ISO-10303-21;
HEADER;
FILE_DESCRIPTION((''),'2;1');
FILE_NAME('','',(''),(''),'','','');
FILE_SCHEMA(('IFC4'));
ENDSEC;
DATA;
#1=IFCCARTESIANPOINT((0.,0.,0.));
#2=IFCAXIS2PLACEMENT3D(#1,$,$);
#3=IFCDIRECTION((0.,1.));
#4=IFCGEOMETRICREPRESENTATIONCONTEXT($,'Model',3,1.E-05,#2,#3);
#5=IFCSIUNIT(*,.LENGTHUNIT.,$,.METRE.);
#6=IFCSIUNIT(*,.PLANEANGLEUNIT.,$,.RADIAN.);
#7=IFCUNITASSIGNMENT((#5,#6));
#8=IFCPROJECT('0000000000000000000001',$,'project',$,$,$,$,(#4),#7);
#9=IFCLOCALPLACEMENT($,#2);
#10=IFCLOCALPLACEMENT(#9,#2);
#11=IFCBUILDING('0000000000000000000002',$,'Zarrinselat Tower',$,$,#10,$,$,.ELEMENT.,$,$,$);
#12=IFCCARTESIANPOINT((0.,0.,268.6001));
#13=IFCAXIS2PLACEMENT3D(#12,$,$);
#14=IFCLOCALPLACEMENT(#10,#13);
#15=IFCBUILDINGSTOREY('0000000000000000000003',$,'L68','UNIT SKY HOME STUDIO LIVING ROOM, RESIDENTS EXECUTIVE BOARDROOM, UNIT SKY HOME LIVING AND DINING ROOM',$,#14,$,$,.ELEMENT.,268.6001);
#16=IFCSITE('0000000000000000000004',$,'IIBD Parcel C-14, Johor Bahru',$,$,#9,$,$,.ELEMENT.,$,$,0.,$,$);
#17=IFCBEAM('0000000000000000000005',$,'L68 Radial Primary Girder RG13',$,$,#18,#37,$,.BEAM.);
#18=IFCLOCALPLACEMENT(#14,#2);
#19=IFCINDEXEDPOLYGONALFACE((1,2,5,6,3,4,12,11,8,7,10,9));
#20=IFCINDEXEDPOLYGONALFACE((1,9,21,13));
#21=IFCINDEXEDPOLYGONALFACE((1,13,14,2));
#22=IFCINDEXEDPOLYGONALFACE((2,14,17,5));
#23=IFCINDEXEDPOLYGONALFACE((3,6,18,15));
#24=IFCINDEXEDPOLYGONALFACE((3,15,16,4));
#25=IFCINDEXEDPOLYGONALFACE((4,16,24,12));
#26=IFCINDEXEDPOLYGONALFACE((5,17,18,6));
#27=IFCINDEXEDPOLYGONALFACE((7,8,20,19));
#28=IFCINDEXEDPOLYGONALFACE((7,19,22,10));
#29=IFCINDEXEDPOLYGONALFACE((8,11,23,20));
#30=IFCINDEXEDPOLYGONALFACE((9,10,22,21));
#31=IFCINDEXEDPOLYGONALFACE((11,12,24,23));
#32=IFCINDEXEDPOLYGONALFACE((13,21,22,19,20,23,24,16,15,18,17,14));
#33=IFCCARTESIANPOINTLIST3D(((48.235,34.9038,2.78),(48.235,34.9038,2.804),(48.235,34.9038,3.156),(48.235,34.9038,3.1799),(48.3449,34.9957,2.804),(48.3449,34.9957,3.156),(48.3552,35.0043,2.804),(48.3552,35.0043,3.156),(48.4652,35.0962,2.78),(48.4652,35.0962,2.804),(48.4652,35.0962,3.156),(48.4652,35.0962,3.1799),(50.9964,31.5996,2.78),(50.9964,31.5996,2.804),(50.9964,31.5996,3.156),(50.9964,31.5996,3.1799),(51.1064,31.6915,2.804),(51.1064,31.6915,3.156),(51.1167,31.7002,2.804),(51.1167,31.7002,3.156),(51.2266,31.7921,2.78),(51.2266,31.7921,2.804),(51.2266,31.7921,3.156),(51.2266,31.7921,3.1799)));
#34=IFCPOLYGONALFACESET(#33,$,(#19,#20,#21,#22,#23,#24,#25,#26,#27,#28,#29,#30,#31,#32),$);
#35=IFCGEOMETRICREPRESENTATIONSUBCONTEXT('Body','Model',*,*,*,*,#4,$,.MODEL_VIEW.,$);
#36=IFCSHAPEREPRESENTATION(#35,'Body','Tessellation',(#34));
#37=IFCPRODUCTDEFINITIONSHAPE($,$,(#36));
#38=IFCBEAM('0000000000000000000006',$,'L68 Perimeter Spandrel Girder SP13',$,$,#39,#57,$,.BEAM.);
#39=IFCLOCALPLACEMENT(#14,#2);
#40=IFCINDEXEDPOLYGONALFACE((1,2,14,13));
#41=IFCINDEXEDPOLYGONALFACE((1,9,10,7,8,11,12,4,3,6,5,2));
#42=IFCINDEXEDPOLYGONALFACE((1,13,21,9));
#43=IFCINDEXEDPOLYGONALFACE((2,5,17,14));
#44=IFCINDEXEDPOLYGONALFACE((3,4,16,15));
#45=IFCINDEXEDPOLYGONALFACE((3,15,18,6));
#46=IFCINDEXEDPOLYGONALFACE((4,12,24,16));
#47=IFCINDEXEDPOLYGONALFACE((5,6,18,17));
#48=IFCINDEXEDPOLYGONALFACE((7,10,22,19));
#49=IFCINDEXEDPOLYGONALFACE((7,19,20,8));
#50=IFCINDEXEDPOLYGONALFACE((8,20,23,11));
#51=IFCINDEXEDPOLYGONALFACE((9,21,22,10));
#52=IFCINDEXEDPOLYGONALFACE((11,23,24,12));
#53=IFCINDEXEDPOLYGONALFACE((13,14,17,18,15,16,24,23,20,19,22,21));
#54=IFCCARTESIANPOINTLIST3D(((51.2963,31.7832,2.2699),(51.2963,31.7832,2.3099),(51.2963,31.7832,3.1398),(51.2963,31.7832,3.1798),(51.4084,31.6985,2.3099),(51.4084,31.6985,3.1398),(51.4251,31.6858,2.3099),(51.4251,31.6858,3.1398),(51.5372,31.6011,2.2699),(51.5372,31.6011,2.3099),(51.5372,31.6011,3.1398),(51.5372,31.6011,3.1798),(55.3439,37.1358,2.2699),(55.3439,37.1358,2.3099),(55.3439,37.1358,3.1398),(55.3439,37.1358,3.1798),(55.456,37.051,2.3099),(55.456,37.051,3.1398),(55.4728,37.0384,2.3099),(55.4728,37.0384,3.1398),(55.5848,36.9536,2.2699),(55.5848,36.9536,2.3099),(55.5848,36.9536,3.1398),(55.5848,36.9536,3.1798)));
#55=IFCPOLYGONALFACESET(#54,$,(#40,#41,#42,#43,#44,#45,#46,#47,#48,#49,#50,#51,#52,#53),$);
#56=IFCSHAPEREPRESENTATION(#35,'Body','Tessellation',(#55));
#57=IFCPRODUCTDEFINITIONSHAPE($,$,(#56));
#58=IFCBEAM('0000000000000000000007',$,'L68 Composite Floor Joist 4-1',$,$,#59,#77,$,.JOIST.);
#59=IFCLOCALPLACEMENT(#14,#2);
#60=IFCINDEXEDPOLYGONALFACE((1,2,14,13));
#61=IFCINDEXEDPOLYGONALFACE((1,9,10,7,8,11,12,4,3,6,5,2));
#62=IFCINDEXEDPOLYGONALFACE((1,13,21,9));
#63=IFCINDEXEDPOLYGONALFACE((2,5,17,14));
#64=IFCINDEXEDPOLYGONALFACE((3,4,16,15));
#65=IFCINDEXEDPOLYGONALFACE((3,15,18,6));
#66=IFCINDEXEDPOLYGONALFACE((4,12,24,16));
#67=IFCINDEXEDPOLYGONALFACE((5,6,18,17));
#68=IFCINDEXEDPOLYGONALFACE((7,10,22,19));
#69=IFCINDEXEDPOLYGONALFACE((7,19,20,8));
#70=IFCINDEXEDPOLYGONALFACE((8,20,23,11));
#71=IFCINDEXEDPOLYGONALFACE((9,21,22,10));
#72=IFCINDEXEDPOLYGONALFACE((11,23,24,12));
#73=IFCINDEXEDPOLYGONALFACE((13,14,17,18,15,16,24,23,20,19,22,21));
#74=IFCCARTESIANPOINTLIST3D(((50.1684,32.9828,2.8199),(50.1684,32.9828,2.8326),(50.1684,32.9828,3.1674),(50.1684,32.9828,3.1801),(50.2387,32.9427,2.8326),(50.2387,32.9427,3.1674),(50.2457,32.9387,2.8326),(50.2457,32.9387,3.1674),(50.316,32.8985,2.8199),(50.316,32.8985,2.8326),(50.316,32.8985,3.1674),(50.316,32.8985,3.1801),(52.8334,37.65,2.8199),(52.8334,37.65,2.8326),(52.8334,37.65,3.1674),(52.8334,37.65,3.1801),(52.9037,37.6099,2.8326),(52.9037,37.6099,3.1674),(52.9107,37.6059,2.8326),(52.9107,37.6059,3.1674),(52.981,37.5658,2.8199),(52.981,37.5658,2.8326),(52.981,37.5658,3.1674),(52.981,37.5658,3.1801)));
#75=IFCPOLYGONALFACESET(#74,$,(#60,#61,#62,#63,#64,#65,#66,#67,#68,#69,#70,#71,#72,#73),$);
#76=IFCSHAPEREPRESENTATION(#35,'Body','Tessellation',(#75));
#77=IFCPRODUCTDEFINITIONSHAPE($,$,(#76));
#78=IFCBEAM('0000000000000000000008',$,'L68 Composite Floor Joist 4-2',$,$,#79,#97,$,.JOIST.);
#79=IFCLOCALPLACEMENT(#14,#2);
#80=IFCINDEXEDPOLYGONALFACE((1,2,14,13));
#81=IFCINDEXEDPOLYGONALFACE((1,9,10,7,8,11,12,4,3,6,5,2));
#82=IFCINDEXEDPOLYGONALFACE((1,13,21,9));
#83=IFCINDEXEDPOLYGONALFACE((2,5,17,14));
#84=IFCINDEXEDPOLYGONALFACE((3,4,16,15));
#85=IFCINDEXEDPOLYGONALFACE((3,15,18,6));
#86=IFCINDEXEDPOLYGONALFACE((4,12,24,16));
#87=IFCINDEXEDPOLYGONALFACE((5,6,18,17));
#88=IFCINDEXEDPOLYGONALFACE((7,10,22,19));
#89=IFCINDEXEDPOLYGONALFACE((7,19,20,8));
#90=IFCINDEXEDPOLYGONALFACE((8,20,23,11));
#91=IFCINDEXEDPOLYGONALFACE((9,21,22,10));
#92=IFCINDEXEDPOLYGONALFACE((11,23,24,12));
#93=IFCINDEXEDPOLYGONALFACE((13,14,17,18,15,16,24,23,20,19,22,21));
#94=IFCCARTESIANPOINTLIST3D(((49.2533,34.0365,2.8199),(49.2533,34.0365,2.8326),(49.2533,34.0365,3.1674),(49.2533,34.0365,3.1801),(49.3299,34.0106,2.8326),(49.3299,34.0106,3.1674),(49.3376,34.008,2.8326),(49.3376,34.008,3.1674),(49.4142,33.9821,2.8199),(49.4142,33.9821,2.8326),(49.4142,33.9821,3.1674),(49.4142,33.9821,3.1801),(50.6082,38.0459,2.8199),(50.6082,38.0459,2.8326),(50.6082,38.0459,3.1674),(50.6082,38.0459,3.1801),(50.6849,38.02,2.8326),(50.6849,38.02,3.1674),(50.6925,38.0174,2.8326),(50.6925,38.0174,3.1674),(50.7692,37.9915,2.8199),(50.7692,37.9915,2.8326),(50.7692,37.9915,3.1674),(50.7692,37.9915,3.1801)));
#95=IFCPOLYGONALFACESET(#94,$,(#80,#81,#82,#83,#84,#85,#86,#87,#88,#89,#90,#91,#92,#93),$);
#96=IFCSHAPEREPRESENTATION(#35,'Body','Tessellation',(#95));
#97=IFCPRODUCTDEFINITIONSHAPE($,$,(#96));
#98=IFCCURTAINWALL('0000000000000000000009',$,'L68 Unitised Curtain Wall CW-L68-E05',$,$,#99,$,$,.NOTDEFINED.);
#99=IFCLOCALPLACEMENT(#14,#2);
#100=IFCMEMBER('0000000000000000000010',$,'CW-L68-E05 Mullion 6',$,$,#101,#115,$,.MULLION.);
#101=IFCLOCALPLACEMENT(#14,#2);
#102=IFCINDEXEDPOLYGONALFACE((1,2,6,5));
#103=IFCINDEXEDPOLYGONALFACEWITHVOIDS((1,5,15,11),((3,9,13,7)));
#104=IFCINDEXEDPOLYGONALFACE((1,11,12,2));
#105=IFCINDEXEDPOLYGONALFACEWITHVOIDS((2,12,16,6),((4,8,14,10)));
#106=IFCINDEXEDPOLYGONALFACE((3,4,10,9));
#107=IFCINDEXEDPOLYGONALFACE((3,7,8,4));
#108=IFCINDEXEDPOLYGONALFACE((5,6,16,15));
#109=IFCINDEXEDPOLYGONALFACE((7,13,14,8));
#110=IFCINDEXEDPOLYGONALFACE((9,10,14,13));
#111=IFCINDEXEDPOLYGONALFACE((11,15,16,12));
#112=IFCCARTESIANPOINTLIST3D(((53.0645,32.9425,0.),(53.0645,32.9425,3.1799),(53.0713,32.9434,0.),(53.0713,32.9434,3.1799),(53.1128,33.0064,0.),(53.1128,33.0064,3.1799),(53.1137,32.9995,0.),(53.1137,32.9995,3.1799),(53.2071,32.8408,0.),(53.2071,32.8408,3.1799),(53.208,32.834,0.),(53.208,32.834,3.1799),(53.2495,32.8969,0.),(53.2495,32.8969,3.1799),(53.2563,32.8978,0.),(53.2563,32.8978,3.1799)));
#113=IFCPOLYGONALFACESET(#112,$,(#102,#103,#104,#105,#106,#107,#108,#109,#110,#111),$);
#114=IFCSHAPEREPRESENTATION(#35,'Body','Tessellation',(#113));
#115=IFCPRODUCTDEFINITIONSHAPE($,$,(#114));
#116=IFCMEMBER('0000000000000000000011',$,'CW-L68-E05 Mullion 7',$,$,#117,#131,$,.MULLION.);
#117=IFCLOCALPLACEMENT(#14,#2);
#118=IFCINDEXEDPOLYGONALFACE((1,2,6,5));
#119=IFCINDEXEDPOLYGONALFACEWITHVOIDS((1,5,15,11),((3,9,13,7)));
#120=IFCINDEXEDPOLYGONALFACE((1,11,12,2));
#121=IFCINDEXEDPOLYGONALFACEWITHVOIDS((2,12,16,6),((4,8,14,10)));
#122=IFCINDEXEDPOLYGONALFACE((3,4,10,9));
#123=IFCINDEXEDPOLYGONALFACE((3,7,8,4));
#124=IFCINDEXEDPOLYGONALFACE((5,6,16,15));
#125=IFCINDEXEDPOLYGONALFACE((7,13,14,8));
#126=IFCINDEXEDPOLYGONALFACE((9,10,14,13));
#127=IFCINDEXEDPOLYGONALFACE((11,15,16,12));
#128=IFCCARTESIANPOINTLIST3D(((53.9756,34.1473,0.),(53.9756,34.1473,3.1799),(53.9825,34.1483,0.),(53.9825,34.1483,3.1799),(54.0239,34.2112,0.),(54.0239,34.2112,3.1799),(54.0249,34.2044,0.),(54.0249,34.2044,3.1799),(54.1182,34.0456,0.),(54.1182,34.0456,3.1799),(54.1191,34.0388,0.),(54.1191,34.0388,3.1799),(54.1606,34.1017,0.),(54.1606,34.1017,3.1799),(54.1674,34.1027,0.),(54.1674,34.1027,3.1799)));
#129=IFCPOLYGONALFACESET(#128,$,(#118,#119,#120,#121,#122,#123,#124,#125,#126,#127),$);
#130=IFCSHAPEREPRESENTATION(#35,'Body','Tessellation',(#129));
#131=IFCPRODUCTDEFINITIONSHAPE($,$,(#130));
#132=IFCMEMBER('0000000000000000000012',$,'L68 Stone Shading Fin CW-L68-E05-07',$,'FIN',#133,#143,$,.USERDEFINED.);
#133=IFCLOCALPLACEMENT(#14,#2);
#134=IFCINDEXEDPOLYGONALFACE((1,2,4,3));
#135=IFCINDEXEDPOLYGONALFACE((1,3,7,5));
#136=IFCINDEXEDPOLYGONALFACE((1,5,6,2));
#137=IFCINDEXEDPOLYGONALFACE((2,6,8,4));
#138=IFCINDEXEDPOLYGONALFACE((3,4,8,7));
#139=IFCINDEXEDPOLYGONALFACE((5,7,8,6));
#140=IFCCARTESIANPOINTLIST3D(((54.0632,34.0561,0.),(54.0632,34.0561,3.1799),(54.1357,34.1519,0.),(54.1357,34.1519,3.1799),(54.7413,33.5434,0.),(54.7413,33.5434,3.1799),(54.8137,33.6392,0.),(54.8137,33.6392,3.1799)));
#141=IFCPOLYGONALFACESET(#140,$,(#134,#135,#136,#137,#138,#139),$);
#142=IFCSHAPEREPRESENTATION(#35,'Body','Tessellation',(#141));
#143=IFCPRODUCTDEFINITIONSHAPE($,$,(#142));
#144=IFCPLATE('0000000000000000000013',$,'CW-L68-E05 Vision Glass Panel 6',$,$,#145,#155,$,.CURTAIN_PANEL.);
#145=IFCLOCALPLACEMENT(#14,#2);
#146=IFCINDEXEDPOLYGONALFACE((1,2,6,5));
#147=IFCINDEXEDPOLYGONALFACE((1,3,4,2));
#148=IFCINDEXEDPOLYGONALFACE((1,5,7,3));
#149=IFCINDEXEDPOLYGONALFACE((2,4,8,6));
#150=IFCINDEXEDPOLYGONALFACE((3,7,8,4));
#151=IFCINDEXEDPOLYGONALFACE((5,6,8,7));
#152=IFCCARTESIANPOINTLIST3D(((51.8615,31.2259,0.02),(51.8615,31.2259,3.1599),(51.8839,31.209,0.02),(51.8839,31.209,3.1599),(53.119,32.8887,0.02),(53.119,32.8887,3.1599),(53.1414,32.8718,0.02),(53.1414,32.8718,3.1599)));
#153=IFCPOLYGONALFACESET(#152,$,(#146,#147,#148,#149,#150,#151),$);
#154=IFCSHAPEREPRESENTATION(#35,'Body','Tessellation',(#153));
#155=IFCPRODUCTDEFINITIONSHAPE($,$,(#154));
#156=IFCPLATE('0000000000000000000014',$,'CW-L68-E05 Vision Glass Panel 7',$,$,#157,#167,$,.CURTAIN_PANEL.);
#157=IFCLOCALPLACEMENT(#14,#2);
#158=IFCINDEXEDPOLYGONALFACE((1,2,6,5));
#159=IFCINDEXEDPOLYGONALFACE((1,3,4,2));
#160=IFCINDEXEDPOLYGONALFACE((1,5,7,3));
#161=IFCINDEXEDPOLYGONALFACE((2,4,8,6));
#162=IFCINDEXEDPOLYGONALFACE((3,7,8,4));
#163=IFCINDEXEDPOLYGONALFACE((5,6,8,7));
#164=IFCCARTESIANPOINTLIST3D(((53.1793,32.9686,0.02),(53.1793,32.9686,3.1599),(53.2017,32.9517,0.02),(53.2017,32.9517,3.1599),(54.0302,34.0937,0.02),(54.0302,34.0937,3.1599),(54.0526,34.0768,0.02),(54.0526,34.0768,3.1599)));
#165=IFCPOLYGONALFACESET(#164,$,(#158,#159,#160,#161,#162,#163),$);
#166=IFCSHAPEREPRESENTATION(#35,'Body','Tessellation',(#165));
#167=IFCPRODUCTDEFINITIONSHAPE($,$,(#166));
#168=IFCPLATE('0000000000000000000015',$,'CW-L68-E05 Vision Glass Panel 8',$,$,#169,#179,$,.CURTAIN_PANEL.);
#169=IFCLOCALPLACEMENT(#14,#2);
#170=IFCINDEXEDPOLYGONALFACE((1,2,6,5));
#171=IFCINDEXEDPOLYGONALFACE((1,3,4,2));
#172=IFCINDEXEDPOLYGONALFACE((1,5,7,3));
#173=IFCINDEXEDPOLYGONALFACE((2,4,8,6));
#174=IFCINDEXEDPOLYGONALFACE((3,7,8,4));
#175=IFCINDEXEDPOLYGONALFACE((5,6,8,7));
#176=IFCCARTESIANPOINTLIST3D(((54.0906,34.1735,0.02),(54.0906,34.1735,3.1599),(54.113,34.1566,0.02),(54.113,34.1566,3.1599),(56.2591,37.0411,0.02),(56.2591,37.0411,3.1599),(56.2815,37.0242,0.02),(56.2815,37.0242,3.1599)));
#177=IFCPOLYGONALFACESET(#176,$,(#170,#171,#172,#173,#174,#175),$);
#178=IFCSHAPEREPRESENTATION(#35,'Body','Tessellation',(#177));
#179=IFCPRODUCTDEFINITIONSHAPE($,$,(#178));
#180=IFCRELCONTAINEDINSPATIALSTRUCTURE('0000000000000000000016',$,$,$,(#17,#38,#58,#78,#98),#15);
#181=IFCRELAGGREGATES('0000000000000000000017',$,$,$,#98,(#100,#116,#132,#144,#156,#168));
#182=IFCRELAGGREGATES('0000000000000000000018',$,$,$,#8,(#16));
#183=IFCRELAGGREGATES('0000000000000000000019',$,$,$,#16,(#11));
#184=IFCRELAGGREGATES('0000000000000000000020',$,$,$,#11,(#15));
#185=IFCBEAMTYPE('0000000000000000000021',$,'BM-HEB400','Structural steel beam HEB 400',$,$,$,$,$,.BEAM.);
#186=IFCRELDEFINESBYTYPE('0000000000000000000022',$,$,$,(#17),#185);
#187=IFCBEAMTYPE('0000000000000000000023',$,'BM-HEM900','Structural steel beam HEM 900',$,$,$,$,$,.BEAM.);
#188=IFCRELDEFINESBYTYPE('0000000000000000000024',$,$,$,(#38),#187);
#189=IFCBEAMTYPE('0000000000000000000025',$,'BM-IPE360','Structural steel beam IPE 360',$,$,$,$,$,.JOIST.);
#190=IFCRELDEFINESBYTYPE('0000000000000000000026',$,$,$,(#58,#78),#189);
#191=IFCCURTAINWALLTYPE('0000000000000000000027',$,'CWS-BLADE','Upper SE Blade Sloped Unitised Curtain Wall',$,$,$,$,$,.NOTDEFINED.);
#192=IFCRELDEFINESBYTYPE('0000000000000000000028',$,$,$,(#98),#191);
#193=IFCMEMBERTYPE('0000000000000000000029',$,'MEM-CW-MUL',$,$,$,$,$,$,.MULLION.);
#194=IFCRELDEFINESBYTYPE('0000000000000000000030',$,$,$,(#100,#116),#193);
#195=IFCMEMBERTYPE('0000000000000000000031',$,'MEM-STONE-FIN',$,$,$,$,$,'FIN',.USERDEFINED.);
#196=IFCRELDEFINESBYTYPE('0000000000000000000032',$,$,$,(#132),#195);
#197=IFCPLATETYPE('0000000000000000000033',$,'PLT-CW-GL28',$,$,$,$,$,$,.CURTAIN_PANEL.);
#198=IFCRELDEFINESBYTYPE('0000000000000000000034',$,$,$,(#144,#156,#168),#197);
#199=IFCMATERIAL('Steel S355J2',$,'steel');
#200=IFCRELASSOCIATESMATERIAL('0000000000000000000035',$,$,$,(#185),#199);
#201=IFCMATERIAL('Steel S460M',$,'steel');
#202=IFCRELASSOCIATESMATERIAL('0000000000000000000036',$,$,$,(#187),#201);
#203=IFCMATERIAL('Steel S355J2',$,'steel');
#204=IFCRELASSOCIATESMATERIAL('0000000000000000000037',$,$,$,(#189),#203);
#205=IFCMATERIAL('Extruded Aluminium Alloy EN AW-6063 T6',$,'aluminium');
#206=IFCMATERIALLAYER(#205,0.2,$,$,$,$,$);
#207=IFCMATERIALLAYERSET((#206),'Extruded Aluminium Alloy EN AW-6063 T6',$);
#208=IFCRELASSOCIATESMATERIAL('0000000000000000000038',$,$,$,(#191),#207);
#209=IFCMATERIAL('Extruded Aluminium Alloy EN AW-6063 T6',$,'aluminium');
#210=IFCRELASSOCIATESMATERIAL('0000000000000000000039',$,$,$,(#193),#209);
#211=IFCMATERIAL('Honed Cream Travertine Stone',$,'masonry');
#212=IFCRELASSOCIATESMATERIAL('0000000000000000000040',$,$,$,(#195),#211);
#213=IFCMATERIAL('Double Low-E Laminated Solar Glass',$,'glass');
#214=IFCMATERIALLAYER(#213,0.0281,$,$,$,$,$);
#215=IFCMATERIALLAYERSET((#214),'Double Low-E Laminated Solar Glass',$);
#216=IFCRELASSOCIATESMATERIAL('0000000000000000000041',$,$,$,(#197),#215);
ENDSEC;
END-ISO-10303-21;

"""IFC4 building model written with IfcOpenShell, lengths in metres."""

from ifc_helpers import new_model, si_unit, direction, frame, origin, origin_2d, place, context, subcontext, project, spatial, rectangle, hollow_rectangle, i_section, extrude, material, layer, layer_set, material_profile, profile_set, type_object, element, aggregate, save


model = new_model("IFC4")

# Units and contexts
model_context = context("Model", 3, precision=1e-05, world=origin(), true_north=direction((0.0, 1.0)))
body_context = subcontext(model_context, "Body", "Model", "MODEL_VIEW")
ifc_project = project(units=[si_unit("LENGTHUNIT", "METRE"), si_unit("PLANEANGLEUNIT", "RADIAN")], contexts=[model_context])

# Site, building, storey
site_placement = place(None, origin())
site = spatial("IfcSite", under=ifc_project, at=site_placement, Name="IIBD Parcel C-14, Johor Bahru", CompositionType="ELEMENT", RefElevation=0.0)
building_placement = place(site_placement, origin())
building = spatial("IfcBuilding", under=site, at=building_placement, Name="Zarrinselat Tower", CompositionType="ELEMENT")
storey_placement = place(building_placement, frame((0.0, 0.0, 268.6001)))
storey = spatial("IfcBuildingStorey", under=building, at=storey_placement, Name="L68", Description="UNIT SKY HOME STUDIO LIVING ROOM, RESIDENTS EXECUTIVE BOARDROOM, UNIT SKY HOME LIVING AND DINING ROOM", CompositionType="ELEMENT", Elevation=268.6001)

# Beams
ifc_material_1 = material(Name="Steel S355J2", Category="steel")
ifc_material_profile_1 = material_profile(ifc_material_1, i_section(OverallWidth=0.3, OverallDepth=0.3999, WebThickness=0.0134, FlangeThickness=0.0239, at=origin_2d()), Name="HEB 400")
ifc_profile_set_1 = profile_set([ifc_material_profile_1], Name="Steel S355J2")
beam_type_1 = type_object("IfcBeamType", Name="BM-HEB400", Description="Structural steel beam HEB 400", PredefinedType="BEAM", material=ifc_profile_set_1)
beam_1_placement = place(storey_placement, frame((48.3501, 35.0, 2.98), z_axis=(0.641277, -0.76731, 0.0), x_axis=(0.76731, 0.641277, 0.0)))
element("IfcBeam", 1, at=beam_1_placement, inside=storey, type_object=beam_type_1, Name="L68 Radial Primary Girder RG13", PredefinedType="BEAM", context=body_context, shape_type="SweptSolid", body=[
    extrude(i_section(OverallWidth=0.3, OverallDepth=0.3999, WebThickness=0.0134, FlangeThickness=0.0239, at=origin_2d()), origin(), (0.0, 0.0, 1.0), 4.3062),
])
ifc_material_2 = material(Name="Steel S460M", Category="steel")
ifc_material_profile_2 = material_profile(ifc_material_2, i_section(OverallWidth=0.302, OverallDepth=0.9099, WebThickness=0.021, FlangeThickness=0.04, at=origin_2d()), Name="HEM 900")
ifc_profile_set_2 = profile_set([ifc_material_profile_2], Name="Steel S460M")
beam_type_2 = type_object("IfcBeamType", Name="BM-HEM900", Description="Structural steel beam HEM 900", PredefinedType="BEAM", material=ifc_profile_set_2)
beam_2_placement = place(storey_placement, frame((51.4167, 31.6921, 2.7249), z_axis=(0.603162, 0.797619, 0.0), x_axis=(-0.797619, 0.603162, 0.0)))
element("IfcBeam", 2, at=beam_2_placement, inside=storey, type_object=beam_type_2, Name="L68 Perimeter Spandrel Girder SP13", PredefinedType="BEAM", context=body_context, shape_type="SweptSolid", body=[
    extrude(i_section(OverallWidth=0.302, OverallDepth=0.9099, WebThickness=0.021, FlangeThickness=0.04, at=origin_2d()), origin(), (0.0, 0.0, 1.0), 6.7107),
])
ifc_material_3 = material(Name="Steel S355J2", Category="steel")
ifc_material_profile_3 = material_profile(ifc_material_3, i_section(OverallWidth=0.1699, OverallDepth=0.3601, WebThickness=0.0081, FlangeThickness=0.0127, at=origin_2d()), Name="IPE 360")
ifc_profile_set_3 = profile_set([ifc_material_profile_3], Name="Steel S355J2")
beam_type_3 = type_object("IfcBeamType", Name="BM-IPE360", Description="Structural steel beam IPE 360", PredefinedType="JOIST", material=ifc_profile_set_3)
beam_3_placement = place(storey_placement, frame((50.2422, 32.9407, 3.0), z_axis=(0.495865, 0.8684, 0.0), x_axis=(-0.8684, 0.495865, 0.0)))
element("IfcBeam", 3, at=beam_3_placement, inside=storey, type_object=beam_type_3, Name="L68 Composite Floor Joist 4-1", PredefinedType="JOIST", context=body_context, shape_type="SweptSolid", body=[
    extrude(i_section(OverallWidth=0.1699, OverallDepth=0.3601, WebThickness=0.0081, FlangeThickness=0.0127, at=origin_2d()), origin(), (0.0, 0.0, 1.0), 5.3745),
])
beam_4_placement = place(storey_placement, frame((49.3337, 34.0093, 3.0), z_axis=(0.320153, 0.947366, 0.0), x_axis=(-0.947366, 0.320153, 0.0)))
element("IfcBeam", 4, at=beam_4_placement, inside=storey, type_object=beam_type_3, Name="L68 Composite Floor Joist 4-2", PredefinedType="JOIST", context=body_context, shape_type="SweptSolid", body=[
    extrude(i_section(OverallWidth=0.1699, OverallDepth=0.3601, WebThickness=0.0081, FlangeThickness=0.0127, at=origin_2d()), origin(), (0.0, 0.0, 1.0), 4.2322),
])

# Curtain wall, members, plates
ifc_material_4 = material(Name="Extruded Aluminium Alloy EN AW-6063 T6", Category="aluminium")
ifc_layer_1 = layer(ifc_material_4, 0.2)
ifc_layer_set_1 = layer_set([ifc_layer_1], Name="Extruded Aluminium Alloy EN AW-6063 T6")
curtain_wall_type = type_object("IfcCurtainWallType", Name="CWS-BLADE", Description="Upper SE Blade Sloped Unitised Curtain Wall", PredefinedType="NOTDEFINED", material=ifc_layer_set_1)
curtain_wall_placement = place(storey_placement, origin())
curtain_wall = element("IfcCurtainWall", 5, at=curtain_wall_placement, inside=storey, type_object=curtain_wall_type, Name="L68 Unitised Curtain Wall CW-L68-E05", PredefinedType="NOTDEFINED")
ifc_material_5 = material(Name="Extruded Aluminium Alloy EN AW-6063 T6", Category="aluminium")
ifc_material_profile_4 = material_profile(ifc_material_5, hollow_rectangle(XDim=0.0801, YDim=0.1799, WallThickness=0.0049, at=origin_2d()), Name="RHS 180x80x5")
ifc_profile_set_4 = profile_set([ifc_material_profile_4], Name="Extruded Aluminium Alloy EN AW-6063 T6")
member_type_1 = type_object("IfcMemberType", Name="MEM-CW-MUL", PredefinedType="MULLION", material=ifc_profile_set_4)
member_1_placement = place(storey_placement, frame((53.1604, 32.9202, 0.0), z_axis=(0.0, 0.0, 1.0), x_axis=(0.60317, 0.797613, 0.0)))
member_1 = element("IfcMember", 6, at=member_1_placement, type_object=member_type_1, Name="CW-L68-E05 Mullion 6", PredefinedType="MULLION", context=body_context, shape_type="SweptSolid", body=[
    extrude(hollow_rectangle(XDim=0.0801, YDim=0.1799, WallThickness=0.0049, at=origin_2d()), origin(), (0.0, 0.0, 1.0), 3.1799),
])
member_2_placement = place(storey_placement, frame((54.0715, 34.125, 0.0), z_axis=(0.0, 0.0, 1.0), x_axis=(0.60317, 0.797613, 0.0)))
member_2 = element("IfcMember", 7, at=member_2_placement, type_object=member_type_1, Name="CW-L68-E05 Mullion 7", PredefinedType="MULLION", context=body_context, shape_type="SweptSolid", body=[
    extrude(hollow_rectangle(XDim=0.0801, YDim=0.1799, WallThickness=0.0049, at=origin_2d()), origin(), (0.0, 0.0, 1.0), 3.1799),
])
ifc_material_6 = material(Name="Honed Cream Travertine Stone", Category="masonry")
ifc_material_profile_5 = material_profile(ifc_material_6, rectangle(XDim=0.1201, YDim=0.8501, at=origin_2d()), Name="FIN 850x120")
ifc_profile_set_5 = profile_set([ifc_material_profile_5], Name="Honed Cream Travertine Stone")
member_type_2 = type_object("IfcMemberType", Name="MEM-STONE-FIN", ElementType="FIN", PredefinedType="USERDEFINED", material=ifc_profile_set_5)
member_3_placement = place(storey_placement, frame((54.4385, 33.8477, 0.0), z_axis=(0.0, 0.0, 1.0), x_axis=(-0.60317, -0.797613, 0.0)))
member_3 = element("IfcMember", 8, at=member_3_placement, type_object=member_type_2, Name="L68 Stone Shading Fin CW-L68-E05-07", ObjectType="FIN", PredefinedType="USERDEFINED", context=body_context, shape_type="SweptSolid", body=[
    extrude(rectangle(XDim=0.1201, YDim=0.8501, at=origin_2d()), origin(), (0.0, 0.0, 1.0), 3.1799),
])
ifc_material_7 = material(Name="Double Low-E Laminated Solar Glass", Category="glass")
ifc_layer_2 = layer(ifc_material_7, 0.0281)
ifc_layer_set_2 = layer_set([ifc_layer_2], Name="Double Low-E Laminated Solar Glass")
plate_type = type_object("IfcPlateType", Name="PLT-CW-GL28", PredefinedType="CURTAIN_PANEL", material=ifc_layer_set_2)
plate_1_placement = place(storey_placement, frame((52.5015, 32.0488, 0.02), z_axis=(0.0, 0.0, 1.0), x_axis=(0.60317, 0.797613, 0.0)))
plate_1 = element("IfcPlate", 9, at=plate_1_placement, type_object=plate_type, Name="CW-L68-E05 Vision Glass Panel 6", PredefinedType="CURTAIN_PANEL", context=body_context, shape_type="SweptSolid", body=[
    extrude(rectangle(XDim=2.0847, YDim=0.0281, at=origin_2d()), origin(), (0.0, 0.0, 1.0), 3.1399),
])
plate_2_placement = place(storey_placement, frame((53.616, 33.5227, 0.02), z_axis=(0.0, 0.0, 1.0), x_axis=(0.60317, 0.797613, 0.0)))
plate_2 = element("IfcPlate", 10, at=plate_2_placement, type_object=plate_type, Name="CW-L68-E05 Vision Glass Panel 7", PredefinedType="CURTAIN_PANEL", context=body_context, shape_type="SweptSolid", body=[
    extrude(rectangle(XDim=1.4106, YDim=0.0281, at=origin_2d()), origin(), (0.0, 0.0, 1.0), 3.1399),
])
plate_3_placement = place(storey_placement, frame((55.186, 35.5989, 0.02), z_axis=(0.0, 0.0, 1.0), x_axis=(0.60317, 0.797613, 0.0)))
plate_3 = element("IfcPlate", 11, at=plate_3_placement, type_object=plate_type, Name="CW-L68-E05 Vision Glass Panel 8", PredefinedType="CURTAIN_PANEL", context=body_context, shape_type="SweptSolid", body=[
    extrude(rectangle(XDim=3.5952, YDim=0.0281, at=origin_2d()), origin(), (0.0, 0.0, 1.0), 3.1399),
])
aggregate(curtain_wall, [member_1, member_2, member_3, plate_1, plate_2, plate_3])

save(model, "model.ifc")
